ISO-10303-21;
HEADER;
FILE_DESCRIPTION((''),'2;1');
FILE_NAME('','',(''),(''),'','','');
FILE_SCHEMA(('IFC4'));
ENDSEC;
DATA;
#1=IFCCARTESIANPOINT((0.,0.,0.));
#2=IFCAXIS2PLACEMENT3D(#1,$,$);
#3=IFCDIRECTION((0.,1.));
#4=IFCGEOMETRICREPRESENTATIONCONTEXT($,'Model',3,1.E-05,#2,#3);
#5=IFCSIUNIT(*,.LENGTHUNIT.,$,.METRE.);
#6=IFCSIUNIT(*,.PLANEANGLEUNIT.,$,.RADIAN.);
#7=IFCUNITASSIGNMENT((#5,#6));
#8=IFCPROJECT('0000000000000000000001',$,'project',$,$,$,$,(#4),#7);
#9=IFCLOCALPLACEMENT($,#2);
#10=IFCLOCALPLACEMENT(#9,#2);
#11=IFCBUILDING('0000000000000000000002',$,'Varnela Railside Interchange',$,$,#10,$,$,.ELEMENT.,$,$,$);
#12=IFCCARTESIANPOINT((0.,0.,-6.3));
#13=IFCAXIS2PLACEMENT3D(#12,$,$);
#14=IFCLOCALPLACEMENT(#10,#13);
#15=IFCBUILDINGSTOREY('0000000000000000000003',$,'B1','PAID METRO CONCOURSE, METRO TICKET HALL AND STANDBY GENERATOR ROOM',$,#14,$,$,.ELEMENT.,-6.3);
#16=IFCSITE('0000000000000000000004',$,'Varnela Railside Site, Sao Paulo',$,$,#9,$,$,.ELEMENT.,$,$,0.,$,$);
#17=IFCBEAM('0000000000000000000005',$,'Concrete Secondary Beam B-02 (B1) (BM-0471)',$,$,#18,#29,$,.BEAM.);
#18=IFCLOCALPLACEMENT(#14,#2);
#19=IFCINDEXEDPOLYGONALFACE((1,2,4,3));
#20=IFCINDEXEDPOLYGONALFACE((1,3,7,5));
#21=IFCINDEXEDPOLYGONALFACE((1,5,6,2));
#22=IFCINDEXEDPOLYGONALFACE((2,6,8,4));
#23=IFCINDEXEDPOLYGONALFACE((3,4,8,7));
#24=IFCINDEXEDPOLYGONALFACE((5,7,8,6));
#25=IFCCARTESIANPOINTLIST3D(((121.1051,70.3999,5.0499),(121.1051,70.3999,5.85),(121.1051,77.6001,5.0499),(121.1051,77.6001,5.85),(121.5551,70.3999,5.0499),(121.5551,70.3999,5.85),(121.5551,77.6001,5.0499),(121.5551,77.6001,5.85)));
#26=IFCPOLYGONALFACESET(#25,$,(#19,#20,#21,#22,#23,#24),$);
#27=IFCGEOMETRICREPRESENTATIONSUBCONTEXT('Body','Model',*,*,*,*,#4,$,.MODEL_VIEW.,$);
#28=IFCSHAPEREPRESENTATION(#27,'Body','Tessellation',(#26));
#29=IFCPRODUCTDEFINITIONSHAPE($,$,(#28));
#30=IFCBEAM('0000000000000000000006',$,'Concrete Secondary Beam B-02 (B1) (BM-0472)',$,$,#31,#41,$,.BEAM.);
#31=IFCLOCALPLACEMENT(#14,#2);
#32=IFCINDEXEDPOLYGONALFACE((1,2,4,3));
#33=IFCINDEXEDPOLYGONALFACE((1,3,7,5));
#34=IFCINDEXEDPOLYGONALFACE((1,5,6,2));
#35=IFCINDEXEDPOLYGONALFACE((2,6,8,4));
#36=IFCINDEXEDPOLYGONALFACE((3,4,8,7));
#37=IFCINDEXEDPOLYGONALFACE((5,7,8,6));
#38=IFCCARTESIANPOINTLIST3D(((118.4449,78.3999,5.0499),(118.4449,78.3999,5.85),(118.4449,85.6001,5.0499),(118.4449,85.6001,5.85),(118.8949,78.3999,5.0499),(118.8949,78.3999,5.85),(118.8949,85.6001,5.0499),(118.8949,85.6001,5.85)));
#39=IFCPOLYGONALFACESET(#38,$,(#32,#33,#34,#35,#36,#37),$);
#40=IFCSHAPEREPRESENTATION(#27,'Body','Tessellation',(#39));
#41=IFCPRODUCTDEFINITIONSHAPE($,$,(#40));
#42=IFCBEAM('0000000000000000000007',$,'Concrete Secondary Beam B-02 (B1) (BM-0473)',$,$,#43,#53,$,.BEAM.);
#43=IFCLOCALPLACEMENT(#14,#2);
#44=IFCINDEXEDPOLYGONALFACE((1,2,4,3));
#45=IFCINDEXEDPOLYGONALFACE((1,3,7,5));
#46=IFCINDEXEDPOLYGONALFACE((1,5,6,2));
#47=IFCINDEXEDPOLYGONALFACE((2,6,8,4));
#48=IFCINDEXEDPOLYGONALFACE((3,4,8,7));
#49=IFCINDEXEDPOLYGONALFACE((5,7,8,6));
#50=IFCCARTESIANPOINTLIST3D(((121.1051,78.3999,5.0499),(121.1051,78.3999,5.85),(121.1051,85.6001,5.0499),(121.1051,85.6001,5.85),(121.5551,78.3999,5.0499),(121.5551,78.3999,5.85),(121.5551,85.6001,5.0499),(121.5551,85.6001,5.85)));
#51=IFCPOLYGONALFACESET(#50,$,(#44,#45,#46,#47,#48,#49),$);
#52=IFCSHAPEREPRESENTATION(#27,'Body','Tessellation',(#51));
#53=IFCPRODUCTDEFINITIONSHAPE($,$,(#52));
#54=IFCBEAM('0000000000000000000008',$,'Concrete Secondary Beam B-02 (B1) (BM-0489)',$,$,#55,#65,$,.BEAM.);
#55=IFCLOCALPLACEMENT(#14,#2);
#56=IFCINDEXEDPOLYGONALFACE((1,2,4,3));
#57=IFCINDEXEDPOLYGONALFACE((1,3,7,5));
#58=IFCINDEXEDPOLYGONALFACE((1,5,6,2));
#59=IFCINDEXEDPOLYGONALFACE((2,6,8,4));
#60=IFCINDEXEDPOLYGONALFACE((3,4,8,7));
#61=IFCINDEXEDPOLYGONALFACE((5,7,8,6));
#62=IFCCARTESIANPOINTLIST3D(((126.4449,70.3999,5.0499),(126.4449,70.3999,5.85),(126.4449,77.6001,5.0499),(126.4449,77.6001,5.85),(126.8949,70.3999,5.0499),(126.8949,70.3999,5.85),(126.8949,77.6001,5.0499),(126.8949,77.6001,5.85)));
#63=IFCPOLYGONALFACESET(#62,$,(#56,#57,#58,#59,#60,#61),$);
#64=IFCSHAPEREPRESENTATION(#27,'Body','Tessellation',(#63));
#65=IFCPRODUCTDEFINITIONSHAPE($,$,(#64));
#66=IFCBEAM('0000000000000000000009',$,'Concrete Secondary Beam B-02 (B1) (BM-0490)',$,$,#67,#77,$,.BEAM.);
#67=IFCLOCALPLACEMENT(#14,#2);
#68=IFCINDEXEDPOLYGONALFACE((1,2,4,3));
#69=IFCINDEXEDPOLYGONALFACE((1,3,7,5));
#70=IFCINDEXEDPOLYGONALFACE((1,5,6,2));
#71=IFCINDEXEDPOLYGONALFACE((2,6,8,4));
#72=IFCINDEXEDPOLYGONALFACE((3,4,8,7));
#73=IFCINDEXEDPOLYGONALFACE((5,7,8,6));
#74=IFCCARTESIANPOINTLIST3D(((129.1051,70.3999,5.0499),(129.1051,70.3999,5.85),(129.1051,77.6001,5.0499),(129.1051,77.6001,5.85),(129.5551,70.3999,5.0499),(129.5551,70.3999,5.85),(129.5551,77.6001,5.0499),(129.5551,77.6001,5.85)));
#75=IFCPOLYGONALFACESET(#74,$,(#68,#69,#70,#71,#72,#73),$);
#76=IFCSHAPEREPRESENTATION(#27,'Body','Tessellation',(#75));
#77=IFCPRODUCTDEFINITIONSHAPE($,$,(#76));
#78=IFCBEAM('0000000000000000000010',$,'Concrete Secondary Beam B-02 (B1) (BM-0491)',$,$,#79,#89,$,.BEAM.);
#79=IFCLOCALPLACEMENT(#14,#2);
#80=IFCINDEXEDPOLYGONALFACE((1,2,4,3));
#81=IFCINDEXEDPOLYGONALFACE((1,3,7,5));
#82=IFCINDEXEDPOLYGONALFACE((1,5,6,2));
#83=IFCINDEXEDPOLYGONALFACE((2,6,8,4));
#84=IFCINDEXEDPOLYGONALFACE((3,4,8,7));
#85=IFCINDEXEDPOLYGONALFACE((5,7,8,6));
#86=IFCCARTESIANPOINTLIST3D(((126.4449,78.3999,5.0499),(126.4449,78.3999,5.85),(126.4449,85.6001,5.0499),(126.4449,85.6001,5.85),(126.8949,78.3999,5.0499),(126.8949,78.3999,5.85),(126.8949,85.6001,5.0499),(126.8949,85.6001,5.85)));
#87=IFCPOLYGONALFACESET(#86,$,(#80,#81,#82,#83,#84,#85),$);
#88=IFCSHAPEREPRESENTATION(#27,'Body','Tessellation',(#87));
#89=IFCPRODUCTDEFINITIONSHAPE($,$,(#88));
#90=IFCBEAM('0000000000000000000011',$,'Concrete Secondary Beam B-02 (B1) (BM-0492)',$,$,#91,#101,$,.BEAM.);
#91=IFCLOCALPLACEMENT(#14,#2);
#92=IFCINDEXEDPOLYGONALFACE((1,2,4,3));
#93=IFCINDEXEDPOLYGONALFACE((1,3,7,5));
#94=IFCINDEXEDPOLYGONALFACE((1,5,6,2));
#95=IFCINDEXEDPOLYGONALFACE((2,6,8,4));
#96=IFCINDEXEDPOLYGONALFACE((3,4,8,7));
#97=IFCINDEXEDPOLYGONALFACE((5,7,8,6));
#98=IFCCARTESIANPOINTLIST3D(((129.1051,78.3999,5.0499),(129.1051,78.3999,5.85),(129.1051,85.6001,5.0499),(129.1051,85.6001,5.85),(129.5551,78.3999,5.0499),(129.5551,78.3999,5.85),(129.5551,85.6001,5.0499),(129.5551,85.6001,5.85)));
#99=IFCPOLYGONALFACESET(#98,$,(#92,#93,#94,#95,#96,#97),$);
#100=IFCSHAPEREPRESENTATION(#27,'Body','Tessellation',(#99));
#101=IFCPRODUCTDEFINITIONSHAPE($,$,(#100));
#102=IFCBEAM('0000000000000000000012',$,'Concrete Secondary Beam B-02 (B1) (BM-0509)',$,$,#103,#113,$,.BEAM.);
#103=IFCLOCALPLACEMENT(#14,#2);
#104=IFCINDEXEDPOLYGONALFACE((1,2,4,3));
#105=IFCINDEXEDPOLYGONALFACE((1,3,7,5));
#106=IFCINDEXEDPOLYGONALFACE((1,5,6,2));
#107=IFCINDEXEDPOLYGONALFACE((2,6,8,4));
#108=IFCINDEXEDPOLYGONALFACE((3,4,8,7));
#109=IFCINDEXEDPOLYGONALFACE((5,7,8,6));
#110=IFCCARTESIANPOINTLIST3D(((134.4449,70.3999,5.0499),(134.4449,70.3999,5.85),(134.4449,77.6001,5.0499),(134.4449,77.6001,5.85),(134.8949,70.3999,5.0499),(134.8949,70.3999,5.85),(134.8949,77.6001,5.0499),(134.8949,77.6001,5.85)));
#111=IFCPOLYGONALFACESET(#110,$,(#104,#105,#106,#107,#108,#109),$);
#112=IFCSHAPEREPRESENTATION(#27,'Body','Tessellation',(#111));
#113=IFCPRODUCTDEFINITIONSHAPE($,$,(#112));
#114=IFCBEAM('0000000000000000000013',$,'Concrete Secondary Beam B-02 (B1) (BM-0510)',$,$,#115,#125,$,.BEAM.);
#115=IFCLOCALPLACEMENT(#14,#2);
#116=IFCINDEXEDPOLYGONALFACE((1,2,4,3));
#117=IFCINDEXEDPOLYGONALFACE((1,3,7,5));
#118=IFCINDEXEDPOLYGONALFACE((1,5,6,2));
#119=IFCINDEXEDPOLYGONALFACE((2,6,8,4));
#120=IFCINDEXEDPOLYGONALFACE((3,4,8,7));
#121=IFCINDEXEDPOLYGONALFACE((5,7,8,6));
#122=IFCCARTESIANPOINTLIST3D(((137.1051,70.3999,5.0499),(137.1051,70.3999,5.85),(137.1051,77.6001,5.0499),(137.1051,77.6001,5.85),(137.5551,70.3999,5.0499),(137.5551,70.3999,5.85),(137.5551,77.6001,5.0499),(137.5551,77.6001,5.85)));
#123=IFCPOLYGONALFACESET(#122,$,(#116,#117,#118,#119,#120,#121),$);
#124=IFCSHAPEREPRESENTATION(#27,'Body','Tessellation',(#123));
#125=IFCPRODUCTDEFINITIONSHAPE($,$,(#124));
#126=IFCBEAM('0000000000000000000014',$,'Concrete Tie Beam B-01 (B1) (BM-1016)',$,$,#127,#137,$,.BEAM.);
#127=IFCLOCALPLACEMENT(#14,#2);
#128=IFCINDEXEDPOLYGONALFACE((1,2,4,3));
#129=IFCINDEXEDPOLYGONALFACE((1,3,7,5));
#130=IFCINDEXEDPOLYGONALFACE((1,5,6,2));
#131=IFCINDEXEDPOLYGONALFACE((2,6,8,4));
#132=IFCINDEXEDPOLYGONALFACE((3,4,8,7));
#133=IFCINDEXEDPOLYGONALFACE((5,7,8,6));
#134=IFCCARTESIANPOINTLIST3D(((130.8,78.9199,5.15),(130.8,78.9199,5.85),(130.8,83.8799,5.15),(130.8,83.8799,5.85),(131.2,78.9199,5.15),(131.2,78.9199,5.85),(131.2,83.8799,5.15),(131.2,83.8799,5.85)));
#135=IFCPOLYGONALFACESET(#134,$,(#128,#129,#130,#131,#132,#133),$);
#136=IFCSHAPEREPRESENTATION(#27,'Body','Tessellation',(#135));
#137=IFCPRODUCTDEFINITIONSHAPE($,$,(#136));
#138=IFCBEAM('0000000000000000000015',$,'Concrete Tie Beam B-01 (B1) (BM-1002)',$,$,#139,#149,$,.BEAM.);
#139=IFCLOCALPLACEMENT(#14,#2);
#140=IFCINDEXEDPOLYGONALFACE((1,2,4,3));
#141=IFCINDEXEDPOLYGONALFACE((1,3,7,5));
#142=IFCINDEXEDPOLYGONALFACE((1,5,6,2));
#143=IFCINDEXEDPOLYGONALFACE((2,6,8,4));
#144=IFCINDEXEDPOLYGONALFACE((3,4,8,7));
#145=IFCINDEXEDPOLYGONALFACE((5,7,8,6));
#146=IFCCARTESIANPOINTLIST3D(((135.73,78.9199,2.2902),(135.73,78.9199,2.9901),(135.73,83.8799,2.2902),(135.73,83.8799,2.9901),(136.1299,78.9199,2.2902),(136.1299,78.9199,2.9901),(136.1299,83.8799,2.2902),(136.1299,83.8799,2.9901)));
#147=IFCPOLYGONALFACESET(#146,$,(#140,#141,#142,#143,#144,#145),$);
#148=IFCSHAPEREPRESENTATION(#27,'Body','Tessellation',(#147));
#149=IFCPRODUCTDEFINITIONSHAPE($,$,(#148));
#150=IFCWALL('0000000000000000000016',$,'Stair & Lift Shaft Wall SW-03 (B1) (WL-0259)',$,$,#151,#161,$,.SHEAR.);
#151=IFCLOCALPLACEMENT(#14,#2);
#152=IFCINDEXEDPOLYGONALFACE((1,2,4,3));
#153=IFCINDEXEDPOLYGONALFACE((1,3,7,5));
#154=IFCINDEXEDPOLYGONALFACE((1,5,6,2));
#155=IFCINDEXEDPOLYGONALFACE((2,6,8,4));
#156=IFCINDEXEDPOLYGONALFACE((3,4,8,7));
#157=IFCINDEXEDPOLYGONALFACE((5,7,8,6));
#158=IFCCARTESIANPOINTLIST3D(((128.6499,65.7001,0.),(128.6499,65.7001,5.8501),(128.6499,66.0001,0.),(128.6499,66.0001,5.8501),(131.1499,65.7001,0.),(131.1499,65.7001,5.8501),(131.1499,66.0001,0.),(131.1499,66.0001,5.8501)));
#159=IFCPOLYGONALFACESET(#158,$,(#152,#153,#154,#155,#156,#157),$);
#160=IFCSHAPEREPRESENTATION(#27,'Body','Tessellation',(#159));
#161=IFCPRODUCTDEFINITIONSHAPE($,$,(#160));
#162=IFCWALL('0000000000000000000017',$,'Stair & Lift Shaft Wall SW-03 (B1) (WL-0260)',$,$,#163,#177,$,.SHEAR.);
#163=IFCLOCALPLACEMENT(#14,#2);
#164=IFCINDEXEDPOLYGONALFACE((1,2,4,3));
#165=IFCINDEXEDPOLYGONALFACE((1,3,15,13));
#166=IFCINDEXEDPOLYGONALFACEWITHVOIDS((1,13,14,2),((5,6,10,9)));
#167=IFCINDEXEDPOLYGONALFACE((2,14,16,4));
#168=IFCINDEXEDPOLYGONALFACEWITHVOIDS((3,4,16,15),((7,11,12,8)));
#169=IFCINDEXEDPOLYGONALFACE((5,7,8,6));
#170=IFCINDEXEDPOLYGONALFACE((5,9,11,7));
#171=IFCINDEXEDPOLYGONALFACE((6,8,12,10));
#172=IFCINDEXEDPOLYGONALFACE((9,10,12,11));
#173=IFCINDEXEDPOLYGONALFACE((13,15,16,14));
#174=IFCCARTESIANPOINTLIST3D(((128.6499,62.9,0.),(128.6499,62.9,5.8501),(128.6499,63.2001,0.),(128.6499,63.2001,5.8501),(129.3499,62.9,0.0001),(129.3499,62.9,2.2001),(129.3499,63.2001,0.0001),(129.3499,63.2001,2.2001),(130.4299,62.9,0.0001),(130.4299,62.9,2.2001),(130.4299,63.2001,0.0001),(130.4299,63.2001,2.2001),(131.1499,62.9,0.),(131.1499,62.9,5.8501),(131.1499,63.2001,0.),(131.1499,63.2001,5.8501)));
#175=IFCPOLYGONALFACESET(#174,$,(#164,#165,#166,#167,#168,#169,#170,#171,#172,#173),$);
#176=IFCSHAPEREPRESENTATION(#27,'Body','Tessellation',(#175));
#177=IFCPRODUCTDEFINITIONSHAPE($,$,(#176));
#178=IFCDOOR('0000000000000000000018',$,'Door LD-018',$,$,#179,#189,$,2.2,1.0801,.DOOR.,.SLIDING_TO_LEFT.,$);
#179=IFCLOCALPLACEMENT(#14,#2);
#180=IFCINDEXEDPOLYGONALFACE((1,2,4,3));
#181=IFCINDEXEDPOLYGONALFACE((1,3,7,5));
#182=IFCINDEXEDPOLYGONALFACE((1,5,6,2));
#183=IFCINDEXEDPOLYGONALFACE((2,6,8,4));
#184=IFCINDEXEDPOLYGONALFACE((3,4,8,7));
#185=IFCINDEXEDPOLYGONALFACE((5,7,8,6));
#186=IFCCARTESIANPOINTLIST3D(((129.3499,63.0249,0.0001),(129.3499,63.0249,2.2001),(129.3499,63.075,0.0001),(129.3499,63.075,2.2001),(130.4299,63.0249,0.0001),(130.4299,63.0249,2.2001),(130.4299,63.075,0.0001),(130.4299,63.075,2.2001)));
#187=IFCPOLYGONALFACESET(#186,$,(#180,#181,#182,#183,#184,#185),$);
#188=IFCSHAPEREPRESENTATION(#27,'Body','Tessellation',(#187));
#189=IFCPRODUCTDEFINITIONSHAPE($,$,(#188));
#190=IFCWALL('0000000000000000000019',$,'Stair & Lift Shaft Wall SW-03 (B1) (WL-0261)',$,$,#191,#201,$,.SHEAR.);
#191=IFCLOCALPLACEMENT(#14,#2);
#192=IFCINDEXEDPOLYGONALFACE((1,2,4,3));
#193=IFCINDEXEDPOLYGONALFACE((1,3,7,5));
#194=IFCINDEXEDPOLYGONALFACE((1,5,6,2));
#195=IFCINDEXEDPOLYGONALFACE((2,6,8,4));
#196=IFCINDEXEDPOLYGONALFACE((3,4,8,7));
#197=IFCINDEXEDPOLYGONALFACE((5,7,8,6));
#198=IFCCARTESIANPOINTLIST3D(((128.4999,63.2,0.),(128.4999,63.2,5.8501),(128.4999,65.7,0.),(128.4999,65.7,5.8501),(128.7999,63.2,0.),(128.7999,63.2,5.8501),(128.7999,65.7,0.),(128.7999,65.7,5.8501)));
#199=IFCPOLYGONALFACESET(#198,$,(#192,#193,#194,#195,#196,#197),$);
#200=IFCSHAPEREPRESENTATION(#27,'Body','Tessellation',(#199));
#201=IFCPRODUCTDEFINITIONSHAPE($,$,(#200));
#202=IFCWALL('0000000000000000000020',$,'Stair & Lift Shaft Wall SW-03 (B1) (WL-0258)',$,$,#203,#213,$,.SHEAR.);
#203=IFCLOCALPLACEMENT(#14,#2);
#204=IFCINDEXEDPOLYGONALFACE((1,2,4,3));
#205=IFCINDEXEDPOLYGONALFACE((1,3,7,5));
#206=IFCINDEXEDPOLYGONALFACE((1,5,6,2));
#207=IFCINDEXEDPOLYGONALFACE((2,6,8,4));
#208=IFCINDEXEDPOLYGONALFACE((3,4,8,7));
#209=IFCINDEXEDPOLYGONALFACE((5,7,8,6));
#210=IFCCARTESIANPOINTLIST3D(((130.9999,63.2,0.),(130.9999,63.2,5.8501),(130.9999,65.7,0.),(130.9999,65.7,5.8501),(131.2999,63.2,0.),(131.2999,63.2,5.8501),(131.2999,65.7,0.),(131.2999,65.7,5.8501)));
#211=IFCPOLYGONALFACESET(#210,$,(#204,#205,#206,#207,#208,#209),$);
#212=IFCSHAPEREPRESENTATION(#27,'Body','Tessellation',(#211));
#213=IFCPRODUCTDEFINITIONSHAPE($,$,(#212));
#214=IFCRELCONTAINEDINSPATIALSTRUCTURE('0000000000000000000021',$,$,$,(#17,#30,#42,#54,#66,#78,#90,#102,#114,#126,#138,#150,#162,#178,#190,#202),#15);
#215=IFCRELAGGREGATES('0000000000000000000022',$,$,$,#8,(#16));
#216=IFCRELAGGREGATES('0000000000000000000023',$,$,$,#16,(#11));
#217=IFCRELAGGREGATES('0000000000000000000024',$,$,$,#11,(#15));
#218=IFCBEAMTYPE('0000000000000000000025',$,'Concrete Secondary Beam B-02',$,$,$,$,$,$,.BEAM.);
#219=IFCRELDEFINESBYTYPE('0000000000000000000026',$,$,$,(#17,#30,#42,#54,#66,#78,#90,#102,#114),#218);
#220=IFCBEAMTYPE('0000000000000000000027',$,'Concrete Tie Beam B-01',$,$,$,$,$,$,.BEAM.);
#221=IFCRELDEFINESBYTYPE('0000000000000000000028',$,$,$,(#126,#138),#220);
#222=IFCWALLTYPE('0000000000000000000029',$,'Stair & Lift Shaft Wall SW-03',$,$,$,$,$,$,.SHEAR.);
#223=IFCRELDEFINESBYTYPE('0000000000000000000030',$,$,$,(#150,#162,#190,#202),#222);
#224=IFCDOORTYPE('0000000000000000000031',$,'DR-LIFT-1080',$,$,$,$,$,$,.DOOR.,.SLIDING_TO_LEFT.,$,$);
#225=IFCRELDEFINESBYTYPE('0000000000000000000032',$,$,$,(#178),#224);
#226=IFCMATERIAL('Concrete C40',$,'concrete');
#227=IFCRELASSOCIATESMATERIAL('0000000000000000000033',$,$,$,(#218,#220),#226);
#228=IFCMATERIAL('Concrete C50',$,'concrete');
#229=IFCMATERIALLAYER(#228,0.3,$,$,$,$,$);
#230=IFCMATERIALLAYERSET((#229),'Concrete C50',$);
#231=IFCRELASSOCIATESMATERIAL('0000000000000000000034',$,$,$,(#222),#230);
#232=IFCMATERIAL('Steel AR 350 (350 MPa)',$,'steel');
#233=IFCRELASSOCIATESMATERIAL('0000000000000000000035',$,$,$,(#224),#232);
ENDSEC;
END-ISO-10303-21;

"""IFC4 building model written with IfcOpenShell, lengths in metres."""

from ifc_helpers import new_model, si_unit, direction, frame, frame_2d, origin, origin_2d, place, context, subcontext, project, spatial, rectangle, extrude, material, layer, layer_set, material_profile, profile_set, type_object, element, fill, save


model = new_model("IFC4")

# Units and contexts
model_context = context("Model", 3, precision=1e-05, world=origin(), true_north=direction((0.0, 1.0)))
body_context = subcontext(model_context, "Body", "Model", "MODEL_VIEW")
ifc_project = project(units=[si_unit("LENGTHUNIT", "METRE"), si_unit("PLANEANGLEUNIT", "RADIAN")], contexts=[model_context])

# Site, building, storey
site_placement = place(None, origin())
site = spatial("IfcSite", under=ifc_project, at=site_placement, Name="Varnela Railside Site, Sao Paulo", CompositionType="ELEMENT", RefElevation=0.0)
building_placement = place(site_placement, origin())
building = spatial("IfcBuilding", under=site, at=building_placement, Name="Varnela Railside Interchange", CompositionType="ELEMENT")
storey_placement = place(building_placement, frame((0.0, 0.0, -6.3)))
storey = spatial("IfcBuildingStorey", under=building, at=storey_placement, Name="B1", Description="PAID METRO CONCOURSE, METRO TICKET HALL AND STANDBY GENERATOR ROOM", CompositionType="ELEMENT", Elevation=-6.3)

# Shared definitions
ifc_material_1 = material(Name="Concrete C50", Category="concrete")

# Beams
ifc_material_2 = material(Name="Concrete C40", Category="concrete")
ifc_material_profile_1 = material_profile(ifc_material_2, rectangle(XDim=0.45, YDim=0.8, at=origin_2d()), Name="RC 450x800")
ifc_profile_set_1 = profile_set([ifc_material_profile_1], Name="Concrete C40")
beam_type_1 = type_object("IfcBeamType", Name="Concrete Secondary Beam B-02", PredefinedType="BEAM", material=ifc_profile_set_1)
for number, where, z_axis, x_axis, name in (
    (1, (121.3301, 70.3999, 5.45), (0.0, 1.0, 0.0), (-1.0, 0.0, 0.0), "Concrete Secondary Beam B-02 (B1) (BM-0471)"),
    (2, (118.6699, 78.3999, 5.45), (0.0, 1.0, 0.0), (-1.0, 0.0, 0.0), "Concrete Secondary Beam B-02 (B1) (BM-0472)"),
    (3, (121.3301, 78.3999, 5.45), (0.0, 1.0, 0.0), (-1.0, 0.0, 0.0), "Concrete Secondary Beam B-02 (B1) (BM-0473)"),
    (4, (126.6699, 70.3999, 5.45), (0.0, 1.0, 0.0), (-1.0, 0.0, 0.0), "Concrete Secondary Beam B-02 (B1) (BM-0489)"),
    (5, (129.3301, 70.3999, 5.45), (0.0, 1.0, 0.0), (-1.0, 0.0, 0.0), "Concrete Secondary Beam B-02 (B1) (BM-0490)"),
    (6, (126.6699, 78.3999, 5.45), (0.0, 1.0, 0.0), (-1.0, 0.0, 0.0), "Concrete Secondary Beam B-02 (B1) (BM-0491)"),
    (7, (129.3301, 78.3999, 5.45), (0.0, 1.0, 0.0), (-1.0, 0.0, 0.0), "Concrete Secondary Beam B-02 (B1) (BM-0492)"),
    (8, (134.6699, 70.3999, 5.45), (0.0, 1.0, 0.0), (-1.0, 0.0, 0.0), "Concrete Secondary Beam B-02 (B1) (BM-0509)"),
    (9, (137.3301, 70.3999, 5.45), (0.0, 1.0, 0.0), (-1.0, 0.0, 0.0), "Concrete Secondary Beam B-02 (B1) (BM-0510)"),
):
    element("IfcBeam", number, at=place(storey_placement, frame(where, z_axis=z_axis, x_axis=x_axis)), inside=storey, type_object=beam_type_1, Name=name, PredefinedType="BEAM", context=body_context, shape_type="SweptSolid", body=[
        extrude(rectangle(XDim=0.45, YDim=0.8, at=origin_2d()), origin(), (0.0, 0.0, 1.0), 7.2002),
    ])
ifc_material_profile_2 = material_profile(ifc_material_2, rectangle(XDim=0.3999, YDim=0.7, at=origin_2d()), Name="RC 400x700")
ifc_profile_set_2 = profile_set([ifc_material_profile_2], Name="Concrete C40")
beam_type_2 = type_object("IfcBeamType", Name="Concrete Tie Beam B-01", PredefinedType="BEAM", material=ifc_profile_set_2)
for number, where, z_axis, x_axis, name in (
    (10, (131.0, 78.9199, 5.5), (0.0, 1.0, 0.0), (-1.0, 0.0, 0.0), "Concrete Tie Beam B-01 (B1) (BM-1016)"),
    (11, (135.9299, 78.9199, 2.6401), (0.0, 1.0, 0.0), (-1.0, 0.0, 0.0), "Concrete Tie Beam B-01 (B1) (BM-1002)"),
):
    element("IfcBeam", number, at=place(storey_placement, frame(where, z_axis=z_axis, x_axis=x_axis)), inside=storey, type_object=beam_type_2, Name=name, PredefinedType="BEAM", context=body_context, shape_type="SweptSolid", body=[
        extrude(rectangle(XDim=0.3999, YDim=0.7, at=origin_2d()), origin(), (0.0, 0.0, 1.0), 4.96),
    ])

# Wall
ifc_layer_1 = layer(ifc_material_1, 0.3)
ifc_layer_set_1 = layer_set([ifc_layer_1], Name="Concrete C50")
wall_type_1 = type_object("IfcWallType", Name="Stair & Lift Shaft Wall SW-03", PredefinedType="SHEAR", material=ifc_layer_set_1)
wall_1_placement = place(storey_placement, frame((128.6499, 65.8501, 0.0), z_axis=(0.0, 0.0, 1.0), x_axis=(1.0, 0.0, 0.0)))
element("IfcWall", 12, at=wall_1_placement, inside=storey, type_object=wall_type_1, Name="Stair & Lift Shaft Wall SW-03 (B1) (WL-0259)", PredefinedType="SHEAR", context=body_context, shape_type="SweptSolid", body=[
    extrude(rectangle(XDim=2.5, YDim=0.3, at=frame_2d((1.25, 0.0))), origin(), (0.0, 0.0, 1.0), 5.8501),
])

# Wall, opening, door
wall_2_placement = place(storey_placement, frame((128.6499, 63.05, 0.0), z_axis=(0.0, 0.0, 1.0), x_axis=(1.0, 0.0, 0.0)))
wall_2 = element("IfcWall", 13, at=wall_2_placement, inside=storey, type_object=wall_type_1, Name="Stair & Lift Shaft Wall SW-03 (B1) (WL-0260)", PredefinedType="SHEAR", context=body_context, shape_type="SweptSolid", body=[
    extrude(rectangle(XDim=2.5, YDim=0.3, at=frame_2d((1.25, 0.0))), origin(), (0.0, 0.0, 1.0), 5.8501),
])
opening_placement = place(wall_2_placement, frame((0.7, 0.0, 0.0)))
opening = element("IfcOpeningElement", 14, at=opening_placement, cuts=wall_2, PredefinedType="OPENING", context=body_context, shape_type="SweptSolid", body=[
    extrude(rectangle(XDim=1.0801, YDim=2.2, at=frame_2d((0.54, 1.1001))), frame((0.0, 0.1599, 0.0), z_axis=(0.0, -1.0, 0.0), x_axis=(1.0, 0.0, 0.0)), (0.0, 0.0, 1.0), 0.3201),
])
ifc_material_3 = material(Name="Steel AR 350 (350 MPa)", Category="steel")
door_type = type_object("IfcDoorType", Name="DR-LIFT-1080", OperationType="SLIDING_TO_LEFT", PredefinedType="DOOR", material=ifc_material_3)
door_placement = place(opening_placement, origin())
door = element("IfcDoor", 15, at=door_placement, inside=storey, type_object=door_type, Name="Door LD-018", OperationType="SLIDING_TO_LEFT", OverallHeight=2.2, OverallWidth=1.0801, PredefinedType="DOOR", context=body_context, shape_type="SweptSolid", body=[
    extrude(rectangle(XDim=1.0801, YDim=2.2, at=frame_2d((0.54, 1.1001))), frame((0.0, 0.0249, 0.0), z_axis=(0.0, -1.0, 0.0), x_axis=(1.0, 0.0, 0.0)), (0.0, 0.0, 1.0), 0.05),
])
fill(opening, door)

# Walls
for number, where, z_axis, x_axis, name in (
    (16, (128.6499, 63.2, 0.0), (0.0, 0.0, 1.0), (0.0, 1.0, 0.0), "Stair & Lift Shaft Wall SW-03 (B1) (WL-0261)"),
    (17, (131.1499, 63.2, 0.0), (0.0, 0.0, 1.0), (0.0, 1.0, 0.0), "Stair & Lift Shaft Wall SW-03 (B1) (WL-0258)"),
):
    element("IfcWall", number, at=place(storey_placement, frame(where, z_axis=z_axis, x_axis=x_axis)), inside=storey, type_object=wall_type_1, Name=name, PredefinedType="SHEAR", context=body_context, shape_type="SweptSolid", body=[
        extrude(rectangle(XDim=2.5, YDim=0.3, at=frame_2d((1.25, 0.0))), origin(), (0.0, 0.0, 1.0), 5.8501),
    ])

save(model, "model.ifc")
